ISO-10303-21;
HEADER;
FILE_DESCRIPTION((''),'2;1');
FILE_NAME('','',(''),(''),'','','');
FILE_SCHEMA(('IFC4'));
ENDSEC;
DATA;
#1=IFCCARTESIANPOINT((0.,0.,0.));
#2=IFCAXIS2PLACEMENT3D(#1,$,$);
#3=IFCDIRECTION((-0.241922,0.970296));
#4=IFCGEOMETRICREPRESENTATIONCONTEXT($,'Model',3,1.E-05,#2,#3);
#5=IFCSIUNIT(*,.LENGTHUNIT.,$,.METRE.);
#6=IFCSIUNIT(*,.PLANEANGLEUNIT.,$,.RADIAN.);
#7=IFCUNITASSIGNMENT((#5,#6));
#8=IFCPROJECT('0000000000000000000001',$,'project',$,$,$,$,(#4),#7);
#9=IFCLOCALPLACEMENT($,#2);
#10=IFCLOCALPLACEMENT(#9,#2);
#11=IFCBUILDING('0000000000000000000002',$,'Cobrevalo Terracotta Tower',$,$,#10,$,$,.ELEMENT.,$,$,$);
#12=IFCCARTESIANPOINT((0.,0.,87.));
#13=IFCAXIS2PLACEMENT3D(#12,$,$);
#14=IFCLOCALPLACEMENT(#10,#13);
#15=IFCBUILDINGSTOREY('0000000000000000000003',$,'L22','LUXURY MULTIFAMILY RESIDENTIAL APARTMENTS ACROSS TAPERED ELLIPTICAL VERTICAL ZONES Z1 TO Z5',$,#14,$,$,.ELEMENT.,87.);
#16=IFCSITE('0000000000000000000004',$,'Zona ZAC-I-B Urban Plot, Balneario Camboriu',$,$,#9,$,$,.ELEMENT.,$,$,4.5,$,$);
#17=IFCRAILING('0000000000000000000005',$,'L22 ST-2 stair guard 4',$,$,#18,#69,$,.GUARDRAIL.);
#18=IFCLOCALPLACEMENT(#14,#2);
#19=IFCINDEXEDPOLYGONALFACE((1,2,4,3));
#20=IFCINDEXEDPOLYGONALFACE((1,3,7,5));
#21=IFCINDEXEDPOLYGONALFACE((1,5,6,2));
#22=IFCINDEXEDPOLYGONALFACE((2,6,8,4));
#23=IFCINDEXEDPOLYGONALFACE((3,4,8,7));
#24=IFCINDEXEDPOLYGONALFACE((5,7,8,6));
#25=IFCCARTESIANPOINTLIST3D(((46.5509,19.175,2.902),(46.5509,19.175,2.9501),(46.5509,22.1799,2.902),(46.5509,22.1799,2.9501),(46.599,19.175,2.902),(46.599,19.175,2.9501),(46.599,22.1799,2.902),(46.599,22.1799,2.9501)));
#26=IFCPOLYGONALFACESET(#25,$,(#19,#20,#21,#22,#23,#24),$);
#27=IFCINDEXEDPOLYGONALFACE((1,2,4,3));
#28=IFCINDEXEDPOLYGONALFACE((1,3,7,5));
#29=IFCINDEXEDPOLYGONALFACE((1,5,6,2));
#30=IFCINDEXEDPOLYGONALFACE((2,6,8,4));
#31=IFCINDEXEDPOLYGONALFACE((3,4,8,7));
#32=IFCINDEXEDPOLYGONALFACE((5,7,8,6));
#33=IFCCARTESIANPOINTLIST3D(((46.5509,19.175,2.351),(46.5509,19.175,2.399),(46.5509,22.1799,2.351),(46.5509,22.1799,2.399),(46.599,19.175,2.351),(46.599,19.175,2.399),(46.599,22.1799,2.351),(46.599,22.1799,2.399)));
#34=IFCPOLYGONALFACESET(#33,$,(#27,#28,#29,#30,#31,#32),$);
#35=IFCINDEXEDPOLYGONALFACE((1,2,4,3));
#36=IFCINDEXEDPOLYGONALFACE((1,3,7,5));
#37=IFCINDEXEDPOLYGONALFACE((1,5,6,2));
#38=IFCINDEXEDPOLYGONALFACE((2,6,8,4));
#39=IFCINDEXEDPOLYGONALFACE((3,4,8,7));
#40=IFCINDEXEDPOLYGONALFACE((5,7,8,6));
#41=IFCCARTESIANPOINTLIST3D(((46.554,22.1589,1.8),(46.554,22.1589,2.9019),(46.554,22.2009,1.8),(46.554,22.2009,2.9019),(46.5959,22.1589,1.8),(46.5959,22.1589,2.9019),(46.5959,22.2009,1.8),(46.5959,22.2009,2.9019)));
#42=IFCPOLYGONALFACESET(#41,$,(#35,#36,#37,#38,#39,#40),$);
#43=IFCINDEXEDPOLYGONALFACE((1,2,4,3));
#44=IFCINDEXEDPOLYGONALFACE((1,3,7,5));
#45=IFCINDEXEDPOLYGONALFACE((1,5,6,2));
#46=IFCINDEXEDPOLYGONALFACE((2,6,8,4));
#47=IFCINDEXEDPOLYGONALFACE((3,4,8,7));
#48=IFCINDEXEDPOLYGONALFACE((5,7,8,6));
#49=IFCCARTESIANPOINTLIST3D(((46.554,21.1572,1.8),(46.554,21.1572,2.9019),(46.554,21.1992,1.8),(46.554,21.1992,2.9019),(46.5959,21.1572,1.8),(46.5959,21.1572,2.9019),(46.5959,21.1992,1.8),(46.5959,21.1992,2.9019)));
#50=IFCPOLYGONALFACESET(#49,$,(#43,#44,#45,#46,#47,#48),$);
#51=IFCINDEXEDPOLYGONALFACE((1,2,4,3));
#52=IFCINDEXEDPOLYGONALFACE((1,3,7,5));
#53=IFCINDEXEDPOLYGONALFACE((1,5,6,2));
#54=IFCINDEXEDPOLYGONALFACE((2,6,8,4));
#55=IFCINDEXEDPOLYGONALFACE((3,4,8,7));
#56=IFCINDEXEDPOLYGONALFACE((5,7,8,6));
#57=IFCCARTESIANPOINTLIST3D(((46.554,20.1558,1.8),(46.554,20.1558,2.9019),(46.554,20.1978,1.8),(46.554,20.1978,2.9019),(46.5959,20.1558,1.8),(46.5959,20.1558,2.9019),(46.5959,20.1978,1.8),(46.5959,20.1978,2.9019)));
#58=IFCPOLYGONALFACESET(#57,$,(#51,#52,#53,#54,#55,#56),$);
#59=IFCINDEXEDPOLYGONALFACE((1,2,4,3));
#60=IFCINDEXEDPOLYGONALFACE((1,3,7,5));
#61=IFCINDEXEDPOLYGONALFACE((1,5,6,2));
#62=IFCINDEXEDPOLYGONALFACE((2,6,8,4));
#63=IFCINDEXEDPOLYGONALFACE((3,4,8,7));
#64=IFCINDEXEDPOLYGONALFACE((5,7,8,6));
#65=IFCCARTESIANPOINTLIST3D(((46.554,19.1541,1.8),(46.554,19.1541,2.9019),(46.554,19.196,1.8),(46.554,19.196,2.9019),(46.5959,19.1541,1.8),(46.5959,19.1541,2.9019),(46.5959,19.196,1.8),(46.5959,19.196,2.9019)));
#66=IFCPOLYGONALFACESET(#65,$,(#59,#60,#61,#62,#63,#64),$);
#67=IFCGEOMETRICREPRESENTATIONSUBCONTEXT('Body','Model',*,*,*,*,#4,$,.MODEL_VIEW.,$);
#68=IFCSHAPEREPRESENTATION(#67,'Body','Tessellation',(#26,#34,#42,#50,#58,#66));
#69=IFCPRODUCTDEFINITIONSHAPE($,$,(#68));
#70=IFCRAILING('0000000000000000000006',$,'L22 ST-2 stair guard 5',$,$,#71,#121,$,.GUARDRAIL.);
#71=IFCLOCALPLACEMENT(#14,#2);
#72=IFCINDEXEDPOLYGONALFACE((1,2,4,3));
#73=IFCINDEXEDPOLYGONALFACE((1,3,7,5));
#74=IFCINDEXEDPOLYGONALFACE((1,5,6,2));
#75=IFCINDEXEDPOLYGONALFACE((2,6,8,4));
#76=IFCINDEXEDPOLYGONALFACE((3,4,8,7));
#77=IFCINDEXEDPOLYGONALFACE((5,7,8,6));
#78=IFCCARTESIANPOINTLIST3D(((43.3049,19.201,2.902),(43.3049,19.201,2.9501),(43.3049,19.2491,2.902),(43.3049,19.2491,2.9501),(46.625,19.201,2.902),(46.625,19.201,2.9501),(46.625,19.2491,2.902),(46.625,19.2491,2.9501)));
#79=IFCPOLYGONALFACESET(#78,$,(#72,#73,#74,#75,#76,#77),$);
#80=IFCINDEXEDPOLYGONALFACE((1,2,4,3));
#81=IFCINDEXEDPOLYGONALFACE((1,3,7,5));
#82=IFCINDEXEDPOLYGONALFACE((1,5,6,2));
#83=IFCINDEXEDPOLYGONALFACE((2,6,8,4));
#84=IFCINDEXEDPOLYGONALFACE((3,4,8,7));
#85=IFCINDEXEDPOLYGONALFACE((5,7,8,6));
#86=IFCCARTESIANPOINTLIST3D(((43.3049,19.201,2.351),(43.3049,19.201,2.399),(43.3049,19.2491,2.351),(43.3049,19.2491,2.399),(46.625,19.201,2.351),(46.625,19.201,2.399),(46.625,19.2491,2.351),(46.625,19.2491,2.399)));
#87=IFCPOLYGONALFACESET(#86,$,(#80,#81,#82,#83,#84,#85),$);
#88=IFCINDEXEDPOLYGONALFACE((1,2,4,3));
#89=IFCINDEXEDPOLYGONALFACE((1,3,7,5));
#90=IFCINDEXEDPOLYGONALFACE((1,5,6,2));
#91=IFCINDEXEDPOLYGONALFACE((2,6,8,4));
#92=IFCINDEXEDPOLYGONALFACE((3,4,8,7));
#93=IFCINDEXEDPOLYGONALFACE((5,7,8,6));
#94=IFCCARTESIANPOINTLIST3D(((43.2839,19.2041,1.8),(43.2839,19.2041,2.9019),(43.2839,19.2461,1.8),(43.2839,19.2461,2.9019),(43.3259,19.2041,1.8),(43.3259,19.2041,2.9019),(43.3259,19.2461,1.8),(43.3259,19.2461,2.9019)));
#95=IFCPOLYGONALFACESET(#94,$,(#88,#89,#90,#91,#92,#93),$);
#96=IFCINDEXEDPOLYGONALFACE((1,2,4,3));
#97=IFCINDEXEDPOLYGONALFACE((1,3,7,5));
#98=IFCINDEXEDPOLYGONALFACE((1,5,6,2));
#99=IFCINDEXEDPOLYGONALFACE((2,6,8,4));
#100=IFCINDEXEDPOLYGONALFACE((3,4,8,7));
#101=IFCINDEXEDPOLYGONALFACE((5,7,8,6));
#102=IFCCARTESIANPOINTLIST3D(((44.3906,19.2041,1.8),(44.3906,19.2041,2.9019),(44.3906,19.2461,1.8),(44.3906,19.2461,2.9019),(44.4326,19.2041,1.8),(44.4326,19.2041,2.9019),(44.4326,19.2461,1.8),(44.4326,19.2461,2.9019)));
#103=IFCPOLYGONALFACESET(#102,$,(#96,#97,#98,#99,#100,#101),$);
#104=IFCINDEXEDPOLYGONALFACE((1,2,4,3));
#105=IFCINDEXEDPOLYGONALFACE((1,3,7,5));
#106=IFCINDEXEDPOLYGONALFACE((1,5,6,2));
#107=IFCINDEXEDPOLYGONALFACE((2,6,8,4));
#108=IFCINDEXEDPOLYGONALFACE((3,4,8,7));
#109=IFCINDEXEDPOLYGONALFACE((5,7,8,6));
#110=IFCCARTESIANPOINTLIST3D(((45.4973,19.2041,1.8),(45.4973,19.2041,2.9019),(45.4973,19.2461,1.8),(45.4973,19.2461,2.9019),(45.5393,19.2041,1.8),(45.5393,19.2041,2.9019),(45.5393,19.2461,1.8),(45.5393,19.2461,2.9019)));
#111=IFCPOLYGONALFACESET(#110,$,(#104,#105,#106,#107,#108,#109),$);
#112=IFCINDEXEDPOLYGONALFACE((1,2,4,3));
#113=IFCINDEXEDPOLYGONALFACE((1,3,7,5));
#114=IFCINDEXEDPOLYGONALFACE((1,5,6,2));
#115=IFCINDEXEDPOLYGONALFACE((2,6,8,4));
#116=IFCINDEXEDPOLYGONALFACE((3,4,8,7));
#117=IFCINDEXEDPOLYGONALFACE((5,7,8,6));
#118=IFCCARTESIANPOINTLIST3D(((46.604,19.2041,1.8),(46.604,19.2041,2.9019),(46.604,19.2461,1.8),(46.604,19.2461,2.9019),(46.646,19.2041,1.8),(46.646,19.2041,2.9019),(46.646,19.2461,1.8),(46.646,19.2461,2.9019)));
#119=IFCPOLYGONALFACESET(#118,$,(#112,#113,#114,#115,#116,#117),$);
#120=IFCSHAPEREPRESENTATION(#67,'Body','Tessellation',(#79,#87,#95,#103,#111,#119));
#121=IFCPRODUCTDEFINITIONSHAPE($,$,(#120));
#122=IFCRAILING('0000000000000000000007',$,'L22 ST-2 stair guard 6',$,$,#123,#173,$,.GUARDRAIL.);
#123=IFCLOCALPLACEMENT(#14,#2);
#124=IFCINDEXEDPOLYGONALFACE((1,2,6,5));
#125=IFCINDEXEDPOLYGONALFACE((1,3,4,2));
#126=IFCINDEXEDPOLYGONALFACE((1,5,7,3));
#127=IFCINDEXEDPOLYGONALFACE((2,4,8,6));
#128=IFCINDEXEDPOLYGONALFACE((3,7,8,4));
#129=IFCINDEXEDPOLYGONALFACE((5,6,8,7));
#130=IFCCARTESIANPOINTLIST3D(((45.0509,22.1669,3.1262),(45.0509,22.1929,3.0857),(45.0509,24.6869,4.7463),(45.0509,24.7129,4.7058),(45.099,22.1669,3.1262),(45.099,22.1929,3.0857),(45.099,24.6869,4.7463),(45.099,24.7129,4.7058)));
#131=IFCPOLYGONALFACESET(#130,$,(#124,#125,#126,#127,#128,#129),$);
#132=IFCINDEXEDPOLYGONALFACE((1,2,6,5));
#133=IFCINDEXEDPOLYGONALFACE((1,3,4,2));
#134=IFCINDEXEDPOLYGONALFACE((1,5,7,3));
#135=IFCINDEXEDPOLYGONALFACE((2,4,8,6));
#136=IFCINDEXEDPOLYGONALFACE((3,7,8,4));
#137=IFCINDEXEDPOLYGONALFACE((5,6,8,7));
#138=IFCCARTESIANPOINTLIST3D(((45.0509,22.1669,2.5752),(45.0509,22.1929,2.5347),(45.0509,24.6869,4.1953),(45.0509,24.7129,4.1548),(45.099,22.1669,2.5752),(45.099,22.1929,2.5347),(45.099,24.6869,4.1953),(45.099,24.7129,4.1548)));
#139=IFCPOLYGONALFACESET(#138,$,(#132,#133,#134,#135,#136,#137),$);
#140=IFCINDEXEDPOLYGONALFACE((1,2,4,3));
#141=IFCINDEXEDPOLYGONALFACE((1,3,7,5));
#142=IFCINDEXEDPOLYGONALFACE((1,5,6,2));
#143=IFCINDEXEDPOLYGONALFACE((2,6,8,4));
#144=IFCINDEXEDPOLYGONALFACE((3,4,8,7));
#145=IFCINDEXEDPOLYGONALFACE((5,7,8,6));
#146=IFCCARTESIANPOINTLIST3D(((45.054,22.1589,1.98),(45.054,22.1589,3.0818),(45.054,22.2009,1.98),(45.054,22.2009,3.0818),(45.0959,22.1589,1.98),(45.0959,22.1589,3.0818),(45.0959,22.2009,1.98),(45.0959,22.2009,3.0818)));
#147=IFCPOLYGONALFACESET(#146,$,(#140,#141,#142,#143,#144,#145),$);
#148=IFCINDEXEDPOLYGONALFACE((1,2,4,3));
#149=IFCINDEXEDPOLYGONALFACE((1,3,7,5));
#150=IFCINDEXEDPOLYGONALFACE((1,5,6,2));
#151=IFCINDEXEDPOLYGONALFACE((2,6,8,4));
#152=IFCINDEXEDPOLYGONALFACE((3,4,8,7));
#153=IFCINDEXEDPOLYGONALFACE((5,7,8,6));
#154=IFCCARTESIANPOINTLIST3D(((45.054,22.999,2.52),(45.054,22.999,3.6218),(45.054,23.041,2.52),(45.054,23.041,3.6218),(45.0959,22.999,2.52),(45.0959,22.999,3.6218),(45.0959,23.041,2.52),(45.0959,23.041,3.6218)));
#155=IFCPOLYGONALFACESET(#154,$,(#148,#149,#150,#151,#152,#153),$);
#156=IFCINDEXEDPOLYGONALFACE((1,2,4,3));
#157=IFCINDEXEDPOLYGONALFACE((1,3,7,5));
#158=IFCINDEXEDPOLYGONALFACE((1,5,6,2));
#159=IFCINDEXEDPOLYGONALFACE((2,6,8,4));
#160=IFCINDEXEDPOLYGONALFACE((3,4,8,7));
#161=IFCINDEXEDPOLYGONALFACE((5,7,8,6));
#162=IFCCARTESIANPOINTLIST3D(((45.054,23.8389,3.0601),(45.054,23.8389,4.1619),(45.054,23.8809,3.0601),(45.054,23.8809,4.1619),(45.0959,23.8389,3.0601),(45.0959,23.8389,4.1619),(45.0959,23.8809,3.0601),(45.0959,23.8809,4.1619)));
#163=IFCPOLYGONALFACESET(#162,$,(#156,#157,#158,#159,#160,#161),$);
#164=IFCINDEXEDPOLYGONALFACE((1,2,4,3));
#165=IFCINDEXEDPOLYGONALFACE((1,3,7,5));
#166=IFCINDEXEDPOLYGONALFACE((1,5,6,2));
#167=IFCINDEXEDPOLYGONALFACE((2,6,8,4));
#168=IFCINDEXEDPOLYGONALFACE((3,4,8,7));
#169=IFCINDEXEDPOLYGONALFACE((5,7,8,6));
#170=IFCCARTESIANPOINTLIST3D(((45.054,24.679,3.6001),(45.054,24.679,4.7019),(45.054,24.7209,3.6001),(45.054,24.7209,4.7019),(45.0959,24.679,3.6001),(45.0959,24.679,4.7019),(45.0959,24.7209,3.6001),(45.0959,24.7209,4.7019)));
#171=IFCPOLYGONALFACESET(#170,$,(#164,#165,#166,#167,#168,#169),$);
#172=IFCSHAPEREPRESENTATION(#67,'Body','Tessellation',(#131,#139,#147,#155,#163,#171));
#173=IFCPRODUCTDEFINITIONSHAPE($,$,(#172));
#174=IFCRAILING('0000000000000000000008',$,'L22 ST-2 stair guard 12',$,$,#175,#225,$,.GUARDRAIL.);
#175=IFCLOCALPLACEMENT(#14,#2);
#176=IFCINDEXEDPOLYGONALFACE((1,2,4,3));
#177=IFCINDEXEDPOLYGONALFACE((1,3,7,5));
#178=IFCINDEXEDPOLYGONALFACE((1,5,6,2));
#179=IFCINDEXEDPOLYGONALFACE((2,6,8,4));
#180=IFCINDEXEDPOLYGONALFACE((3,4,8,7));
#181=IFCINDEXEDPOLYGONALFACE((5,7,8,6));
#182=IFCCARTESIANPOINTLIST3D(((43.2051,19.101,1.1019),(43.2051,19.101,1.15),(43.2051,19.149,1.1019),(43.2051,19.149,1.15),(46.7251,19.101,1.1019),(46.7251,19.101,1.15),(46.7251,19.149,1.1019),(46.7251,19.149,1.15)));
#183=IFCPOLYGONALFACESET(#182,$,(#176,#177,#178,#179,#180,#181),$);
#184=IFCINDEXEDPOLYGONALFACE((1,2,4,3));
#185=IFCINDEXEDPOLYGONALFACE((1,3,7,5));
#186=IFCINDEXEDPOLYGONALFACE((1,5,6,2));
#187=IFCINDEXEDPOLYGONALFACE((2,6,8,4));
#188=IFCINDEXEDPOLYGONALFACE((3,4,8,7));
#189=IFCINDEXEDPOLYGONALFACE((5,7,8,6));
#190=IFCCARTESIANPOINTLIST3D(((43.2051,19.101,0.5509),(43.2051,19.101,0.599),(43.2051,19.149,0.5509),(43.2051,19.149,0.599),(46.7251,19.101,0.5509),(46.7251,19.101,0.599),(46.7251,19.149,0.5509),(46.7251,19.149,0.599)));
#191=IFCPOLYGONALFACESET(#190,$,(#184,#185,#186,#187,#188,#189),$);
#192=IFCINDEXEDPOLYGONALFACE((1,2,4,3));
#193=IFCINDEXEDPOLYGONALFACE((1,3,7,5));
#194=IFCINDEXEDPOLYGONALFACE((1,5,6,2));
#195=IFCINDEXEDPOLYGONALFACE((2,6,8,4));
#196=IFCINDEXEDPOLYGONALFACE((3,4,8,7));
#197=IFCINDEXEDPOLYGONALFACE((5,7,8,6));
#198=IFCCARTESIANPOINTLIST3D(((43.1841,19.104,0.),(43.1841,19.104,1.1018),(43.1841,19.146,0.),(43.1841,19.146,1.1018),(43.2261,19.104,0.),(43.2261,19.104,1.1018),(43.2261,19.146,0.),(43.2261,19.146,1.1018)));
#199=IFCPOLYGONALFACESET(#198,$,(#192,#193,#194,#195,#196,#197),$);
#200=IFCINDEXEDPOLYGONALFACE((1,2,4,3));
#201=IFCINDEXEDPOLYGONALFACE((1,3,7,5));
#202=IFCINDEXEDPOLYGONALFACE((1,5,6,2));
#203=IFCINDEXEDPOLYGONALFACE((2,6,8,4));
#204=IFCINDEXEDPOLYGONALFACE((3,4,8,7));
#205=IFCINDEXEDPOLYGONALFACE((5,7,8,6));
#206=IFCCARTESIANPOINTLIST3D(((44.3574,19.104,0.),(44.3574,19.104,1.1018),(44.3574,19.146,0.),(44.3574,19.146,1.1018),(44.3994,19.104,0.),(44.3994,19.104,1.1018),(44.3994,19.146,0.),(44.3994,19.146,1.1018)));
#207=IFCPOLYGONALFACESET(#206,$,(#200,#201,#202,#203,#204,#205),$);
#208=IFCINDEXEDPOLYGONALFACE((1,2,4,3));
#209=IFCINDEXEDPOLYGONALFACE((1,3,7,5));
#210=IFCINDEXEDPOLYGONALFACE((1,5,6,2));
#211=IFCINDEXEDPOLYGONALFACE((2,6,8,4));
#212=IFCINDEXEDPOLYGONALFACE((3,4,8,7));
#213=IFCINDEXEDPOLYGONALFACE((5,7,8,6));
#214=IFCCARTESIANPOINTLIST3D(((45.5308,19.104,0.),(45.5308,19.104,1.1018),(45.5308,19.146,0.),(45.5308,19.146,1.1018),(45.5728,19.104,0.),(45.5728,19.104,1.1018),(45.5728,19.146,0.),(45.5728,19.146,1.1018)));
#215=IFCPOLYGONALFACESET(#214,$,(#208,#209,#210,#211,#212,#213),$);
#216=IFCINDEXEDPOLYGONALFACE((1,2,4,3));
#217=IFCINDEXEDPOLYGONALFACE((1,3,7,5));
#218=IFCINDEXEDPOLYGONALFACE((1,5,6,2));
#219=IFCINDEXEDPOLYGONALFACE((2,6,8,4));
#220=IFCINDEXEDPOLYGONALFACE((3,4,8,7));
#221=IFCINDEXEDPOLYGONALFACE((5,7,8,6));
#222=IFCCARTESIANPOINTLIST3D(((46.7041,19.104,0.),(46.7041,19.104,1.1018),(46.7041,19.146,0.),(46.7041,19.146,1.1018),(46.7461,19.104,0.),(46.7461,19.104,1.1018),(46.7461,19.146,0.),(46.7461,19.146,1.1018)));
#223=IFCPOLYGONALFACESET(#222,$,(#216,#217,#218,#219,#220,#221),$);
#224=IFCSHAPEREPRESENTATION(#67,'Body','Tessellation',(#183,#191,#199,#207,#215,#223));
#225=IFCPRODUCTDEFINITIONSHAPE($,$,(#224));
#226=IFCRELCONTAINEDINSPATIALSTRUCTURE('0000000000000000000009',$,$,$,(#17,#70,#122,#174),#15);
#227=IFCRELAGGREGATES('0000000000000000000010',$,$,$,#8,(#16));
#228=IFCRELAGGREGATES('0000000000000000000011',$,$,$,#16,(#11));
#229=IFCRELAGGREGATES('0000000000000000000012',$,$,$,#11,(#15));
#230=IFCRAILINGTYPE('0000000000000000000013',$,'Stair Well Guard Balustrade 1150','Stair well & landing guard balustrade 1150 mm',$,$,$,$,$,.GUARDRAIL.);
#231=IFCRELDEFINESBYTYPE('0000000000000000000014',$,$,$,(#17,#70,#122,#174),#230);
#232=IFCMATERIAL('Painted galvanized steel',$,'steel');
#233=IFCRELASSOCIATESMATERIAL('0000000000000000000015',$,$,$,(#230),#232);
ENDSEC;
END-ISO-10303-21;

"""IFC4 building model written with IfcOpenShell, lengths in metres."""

from ifc_helpers import new_model, si_unit, direction, frame, origin, origin_2d, place, context, subcontext, project, spatial, rectangle, extrude, material, type_object, element, save


model = new_model("IFC4")

# Units and contexts
model_context = context("Model", 3, precision=1e-05, world=origin(), true_north=direction((-0.241922, 0.970296)))
body_context = subcontext(model_context, "Body", "Model", "MODEL_VIEW")
ifc_project = project(units=[si_unit("LENGTHUNIT", "METRE"), si_unit("PLANEANGLEUNIT", "RADIAN")], contexts=[model_context])

# Site, building, storey
site_placement = place(None, origin())
site = spatial("IfcSite", under=ifc_project, at=site_placement, Name="Zona ZAC-I-B Urban Plot, Balneario Camboriu", CompositionType="ELEMENT", RefElevation=4.5)
building_placement = place(site_placement, origin())
building = spatial("IfcBuilding", under=site, at=building_placement, Name="Cobrevalo Terracotta Tower", CompositionType="ELEMENT")
storey_placement = place(building_placement, frame((0.0, 0.0, 87.0)))
storey = spatial("IfcBuildingStorey", under=building, at=storey_placement, Name="L22", Description="LUXURY MULTIFAMILY RESIDENTIAL APARTMENTS ACROSS TAPERED ELLIPTICAL VERTICAL ZONES Z1 TO Z5", CompositionType="ELEMENT", Elevation=87.0)

# Railings
ifc_material_1 = material(Name="Painted galvanized steel", Category="steel")
railing_type_1 = type_object("IfcRailingType", Name="Stair Well Guard Balustrade 1150", Description="Stair well & landing guard balustrade 1150 mm", PredefinedType="GUARDRAIL", material=ifc_material_1)
for number, where, name in (
    (1, (46.575, 22.1799, 1.8), "L22 ST-2 stair guard 4"),
):
    element("IfcRailing", number, at=place(storey_placement, frame(where)), inside=storey, type_object=railing_type_1, Name=name, PredefinedType="GUARDRAIL", context=body_context, shape_type="SweptSolid", body=[
        extrude(rectangle(XDim=0.0481, YDim=0.0481, at=origin_2d()), frame((0.0, 0.0, 1.126), z_axis=(0.0, -1.0, 0.0), x_axis=(1.0, 0.0, 0.0)), (0.0, 0.0, 1.0), 3.0049),
        extrude(rectangle(XDim=0.0481, YDim=0.0481, at=origin_2d()), frame((0.0, 0.0, 0.575), z_axis=(0.0, -1.0, 0.0), x_axis=(1.0, 0.0, 0.0)), (0.0, 0.0, 1.0), 3.0049),
        extrude(rectangle(XDim=0.042, YDim=0.042, at=origin_2d()), origin(), (0.0, 0.0, 1.0), 1.1018),
        extrude(rectangle(XDim=0.042, YDim=0.042, at=origin_2d()), frame((0.0, -1.0017, 0.0)), (0.0, 0.0, 1.0), 1.1018),
        extrude(rectangle(XDim=0.042, YDim=0.042, at=origin_2d()), frame((0.0, -2.0032, 0.0)), (0.0, 0.0, 1.0), 1.1018),
        extrude(rectangle(XDim=0.042, YDim=0.042, at=origin_2d()), frame((0.0, -3.0049, 0.0)), (0.0, 0.0, 1.0), 1.1018),
    ])
railing_1_placement = place(storey_placement, frame((43.3049, 19.2251, 1.8)))
element("IfcRailing", 2, at=railing_1_placement, inside=storey, type_object=railing_type_1, Name="L22 ST-2 stair guard 5", PredefinedType="GUARDRAIL", context=body_context, shape_type="SweptSolid", body=[
    extrude(rectangle(XDim=0.0481, YDim=0.0481, at=origin_2d()), frame((0.0, 0.0, 1.126), z_axis=(1.0, 0.0, 0.0), x_axis=(0.0, 1.0, 0.0)), (0.0, 0.0, 1.0), 3.3201),
    extrude(rectangle(XDim=0.0481, YDim=0.0481, at=origin_2d()), frame((0.0, 0.0, 0.575), z_axis=(1.0, 0.0, 0.0), x_axis=(0.0, 1.0, 0.0)), (0.0, 0.0, 1.0), 3.3201),
    extrude(rectangle(XDim=0.042, YDim=0.042, at=origin_2d()), origin(), (0.0, 0.0, 1.0), 1.1018),
    extrude(rectangle(XDim=0.042, YDim=0.042, at=origin_2d()), frame((1.1067, 0.0, 0.0)), (0.0, 0.0, 1.0), 1.1018),
    extrude(rectangle(XDim=0.042, YDim=0.042, at=origin_2d()), frame((2.2134, 0.0, 0.0)), (0.0, 0.0, 1.0), 1.1018),
    extrude(rectangle(XDim=0.042, YDim=0.042, at=origin_2d()), frame((3.3201, 0.0, 0.0)), (0.0, 0.0, 1.0), 1.1018),
])
railing_2_placement = place(storey_placement, frame((45.075, 22.1799, 1.98)))
element("IfcRailing", 3, at=railing_2_placement, inside=storey, type_object=railing_type_1, Name="L22 ST-2 stair guard 6", PredefinedType="GUARDRAIL", context=body_context, shape_type="SweptSolid", body=[
    extrude(rectangle(XDim=0.0481, YDim=0.0481, at=origin_2d()), frame((0.0, 0.0, 1.126), z_axis=(0.0, 0.841163, 0.540782), x_axis=(-1.0, 0.0, 0.0)), (0.0, 0.0, 1.0), 2.9958),
    extrude(rectangle(XDim=0.0481, YDim=0.0481, at=origin_2d()), frame((0.0, 0.0, 0.575), z_axis=(0.0, 0.841163, 0.540782), x_axis=(-1.0, 0.0, 0.0)), (0.0, 0.0, 1.0), 2.9958),
    extrude(rectangle(XDim=0.042, YDim=0.042, at=origin_2d()), origin(), (0.0, 0.0, 1.0), 1.1018),
    extrude(rectangle(XDim=0.042, YDim=0.042, at=origin_2d()), frame((0.0, 0.8401, 0.54)), (0.0, 0.0, 1.0), 1.1018),
    extrude(rectangle(XDim=0.042, YDim=0.042, at=origin_2d()), frame((0.0, 1.6799, 1.0801)), (0.0, 0.0, 1.0), 1.1018),
    extrude(rectangle(XDim=0.042, YDim=0.042, at=origin_2d()), frame((0.0, 2.52, 1.6201)), (0.0, 0.0, 1.0), 1.1018),
])
railing_3_placement = place(storey_placement, frame((43.2051, 19.125, 0.0)))
element("IfcRailing", 4, at=railing_3_placement, inside=storey, type_object=railing_type_1, Name="L22 ST-2 stair guard 12", PredefinedType="GUARDRAIL", context=body_context, shape_type="SweptSolid", body=[
    extrude(rectangle(XDim=0.0481, YDim=0.0481, at=origin_2d()), frame((0.0, 0.0, 1.126), z_axis=(1.0, 0.0, 0.0), x_axis=(0.0, 1.0, 0.0)), (0.0, 0.0, 1.0), 3.52),
    extrude(rectangle(XDim=0.0481, YDim=0.0481, at=origin_2d()), frame((0.0, 0.0, 0.575), z_axis=(1.0, 0.0, 0.0), x_axis=(0.0, 1.0, 0.0)), (0.0, 0.0, 1.0), 3.52),
    extrude(rectangle(XDim=0.042, YDim=0.042, at=origin_2d()), origin(), (0.0, 0.0, 1.0), 1.1018),
    extrude(rectangle(XDim=0.042, YDim=0.042, at=origin_2d()), frame((1.1733, 0.0, 0.0)), (0.0, 0.0, 1.0), 1.1018),
    extrude(rectangle(XDim=0.042, YDim=0.042, at=origin_2d()), frame((2.3467, 0.0, 0.0)), (0.0, 0.0, 1.0), 1.1018),
    extrude(rectangle(XDim=0.042, YDim=0.042, at=origin_2d()), frame((3.52, 0.0, 0.0)), (0.0, 0.0, 1.0), 1.1018),
])

save(model, "model.ifc")
